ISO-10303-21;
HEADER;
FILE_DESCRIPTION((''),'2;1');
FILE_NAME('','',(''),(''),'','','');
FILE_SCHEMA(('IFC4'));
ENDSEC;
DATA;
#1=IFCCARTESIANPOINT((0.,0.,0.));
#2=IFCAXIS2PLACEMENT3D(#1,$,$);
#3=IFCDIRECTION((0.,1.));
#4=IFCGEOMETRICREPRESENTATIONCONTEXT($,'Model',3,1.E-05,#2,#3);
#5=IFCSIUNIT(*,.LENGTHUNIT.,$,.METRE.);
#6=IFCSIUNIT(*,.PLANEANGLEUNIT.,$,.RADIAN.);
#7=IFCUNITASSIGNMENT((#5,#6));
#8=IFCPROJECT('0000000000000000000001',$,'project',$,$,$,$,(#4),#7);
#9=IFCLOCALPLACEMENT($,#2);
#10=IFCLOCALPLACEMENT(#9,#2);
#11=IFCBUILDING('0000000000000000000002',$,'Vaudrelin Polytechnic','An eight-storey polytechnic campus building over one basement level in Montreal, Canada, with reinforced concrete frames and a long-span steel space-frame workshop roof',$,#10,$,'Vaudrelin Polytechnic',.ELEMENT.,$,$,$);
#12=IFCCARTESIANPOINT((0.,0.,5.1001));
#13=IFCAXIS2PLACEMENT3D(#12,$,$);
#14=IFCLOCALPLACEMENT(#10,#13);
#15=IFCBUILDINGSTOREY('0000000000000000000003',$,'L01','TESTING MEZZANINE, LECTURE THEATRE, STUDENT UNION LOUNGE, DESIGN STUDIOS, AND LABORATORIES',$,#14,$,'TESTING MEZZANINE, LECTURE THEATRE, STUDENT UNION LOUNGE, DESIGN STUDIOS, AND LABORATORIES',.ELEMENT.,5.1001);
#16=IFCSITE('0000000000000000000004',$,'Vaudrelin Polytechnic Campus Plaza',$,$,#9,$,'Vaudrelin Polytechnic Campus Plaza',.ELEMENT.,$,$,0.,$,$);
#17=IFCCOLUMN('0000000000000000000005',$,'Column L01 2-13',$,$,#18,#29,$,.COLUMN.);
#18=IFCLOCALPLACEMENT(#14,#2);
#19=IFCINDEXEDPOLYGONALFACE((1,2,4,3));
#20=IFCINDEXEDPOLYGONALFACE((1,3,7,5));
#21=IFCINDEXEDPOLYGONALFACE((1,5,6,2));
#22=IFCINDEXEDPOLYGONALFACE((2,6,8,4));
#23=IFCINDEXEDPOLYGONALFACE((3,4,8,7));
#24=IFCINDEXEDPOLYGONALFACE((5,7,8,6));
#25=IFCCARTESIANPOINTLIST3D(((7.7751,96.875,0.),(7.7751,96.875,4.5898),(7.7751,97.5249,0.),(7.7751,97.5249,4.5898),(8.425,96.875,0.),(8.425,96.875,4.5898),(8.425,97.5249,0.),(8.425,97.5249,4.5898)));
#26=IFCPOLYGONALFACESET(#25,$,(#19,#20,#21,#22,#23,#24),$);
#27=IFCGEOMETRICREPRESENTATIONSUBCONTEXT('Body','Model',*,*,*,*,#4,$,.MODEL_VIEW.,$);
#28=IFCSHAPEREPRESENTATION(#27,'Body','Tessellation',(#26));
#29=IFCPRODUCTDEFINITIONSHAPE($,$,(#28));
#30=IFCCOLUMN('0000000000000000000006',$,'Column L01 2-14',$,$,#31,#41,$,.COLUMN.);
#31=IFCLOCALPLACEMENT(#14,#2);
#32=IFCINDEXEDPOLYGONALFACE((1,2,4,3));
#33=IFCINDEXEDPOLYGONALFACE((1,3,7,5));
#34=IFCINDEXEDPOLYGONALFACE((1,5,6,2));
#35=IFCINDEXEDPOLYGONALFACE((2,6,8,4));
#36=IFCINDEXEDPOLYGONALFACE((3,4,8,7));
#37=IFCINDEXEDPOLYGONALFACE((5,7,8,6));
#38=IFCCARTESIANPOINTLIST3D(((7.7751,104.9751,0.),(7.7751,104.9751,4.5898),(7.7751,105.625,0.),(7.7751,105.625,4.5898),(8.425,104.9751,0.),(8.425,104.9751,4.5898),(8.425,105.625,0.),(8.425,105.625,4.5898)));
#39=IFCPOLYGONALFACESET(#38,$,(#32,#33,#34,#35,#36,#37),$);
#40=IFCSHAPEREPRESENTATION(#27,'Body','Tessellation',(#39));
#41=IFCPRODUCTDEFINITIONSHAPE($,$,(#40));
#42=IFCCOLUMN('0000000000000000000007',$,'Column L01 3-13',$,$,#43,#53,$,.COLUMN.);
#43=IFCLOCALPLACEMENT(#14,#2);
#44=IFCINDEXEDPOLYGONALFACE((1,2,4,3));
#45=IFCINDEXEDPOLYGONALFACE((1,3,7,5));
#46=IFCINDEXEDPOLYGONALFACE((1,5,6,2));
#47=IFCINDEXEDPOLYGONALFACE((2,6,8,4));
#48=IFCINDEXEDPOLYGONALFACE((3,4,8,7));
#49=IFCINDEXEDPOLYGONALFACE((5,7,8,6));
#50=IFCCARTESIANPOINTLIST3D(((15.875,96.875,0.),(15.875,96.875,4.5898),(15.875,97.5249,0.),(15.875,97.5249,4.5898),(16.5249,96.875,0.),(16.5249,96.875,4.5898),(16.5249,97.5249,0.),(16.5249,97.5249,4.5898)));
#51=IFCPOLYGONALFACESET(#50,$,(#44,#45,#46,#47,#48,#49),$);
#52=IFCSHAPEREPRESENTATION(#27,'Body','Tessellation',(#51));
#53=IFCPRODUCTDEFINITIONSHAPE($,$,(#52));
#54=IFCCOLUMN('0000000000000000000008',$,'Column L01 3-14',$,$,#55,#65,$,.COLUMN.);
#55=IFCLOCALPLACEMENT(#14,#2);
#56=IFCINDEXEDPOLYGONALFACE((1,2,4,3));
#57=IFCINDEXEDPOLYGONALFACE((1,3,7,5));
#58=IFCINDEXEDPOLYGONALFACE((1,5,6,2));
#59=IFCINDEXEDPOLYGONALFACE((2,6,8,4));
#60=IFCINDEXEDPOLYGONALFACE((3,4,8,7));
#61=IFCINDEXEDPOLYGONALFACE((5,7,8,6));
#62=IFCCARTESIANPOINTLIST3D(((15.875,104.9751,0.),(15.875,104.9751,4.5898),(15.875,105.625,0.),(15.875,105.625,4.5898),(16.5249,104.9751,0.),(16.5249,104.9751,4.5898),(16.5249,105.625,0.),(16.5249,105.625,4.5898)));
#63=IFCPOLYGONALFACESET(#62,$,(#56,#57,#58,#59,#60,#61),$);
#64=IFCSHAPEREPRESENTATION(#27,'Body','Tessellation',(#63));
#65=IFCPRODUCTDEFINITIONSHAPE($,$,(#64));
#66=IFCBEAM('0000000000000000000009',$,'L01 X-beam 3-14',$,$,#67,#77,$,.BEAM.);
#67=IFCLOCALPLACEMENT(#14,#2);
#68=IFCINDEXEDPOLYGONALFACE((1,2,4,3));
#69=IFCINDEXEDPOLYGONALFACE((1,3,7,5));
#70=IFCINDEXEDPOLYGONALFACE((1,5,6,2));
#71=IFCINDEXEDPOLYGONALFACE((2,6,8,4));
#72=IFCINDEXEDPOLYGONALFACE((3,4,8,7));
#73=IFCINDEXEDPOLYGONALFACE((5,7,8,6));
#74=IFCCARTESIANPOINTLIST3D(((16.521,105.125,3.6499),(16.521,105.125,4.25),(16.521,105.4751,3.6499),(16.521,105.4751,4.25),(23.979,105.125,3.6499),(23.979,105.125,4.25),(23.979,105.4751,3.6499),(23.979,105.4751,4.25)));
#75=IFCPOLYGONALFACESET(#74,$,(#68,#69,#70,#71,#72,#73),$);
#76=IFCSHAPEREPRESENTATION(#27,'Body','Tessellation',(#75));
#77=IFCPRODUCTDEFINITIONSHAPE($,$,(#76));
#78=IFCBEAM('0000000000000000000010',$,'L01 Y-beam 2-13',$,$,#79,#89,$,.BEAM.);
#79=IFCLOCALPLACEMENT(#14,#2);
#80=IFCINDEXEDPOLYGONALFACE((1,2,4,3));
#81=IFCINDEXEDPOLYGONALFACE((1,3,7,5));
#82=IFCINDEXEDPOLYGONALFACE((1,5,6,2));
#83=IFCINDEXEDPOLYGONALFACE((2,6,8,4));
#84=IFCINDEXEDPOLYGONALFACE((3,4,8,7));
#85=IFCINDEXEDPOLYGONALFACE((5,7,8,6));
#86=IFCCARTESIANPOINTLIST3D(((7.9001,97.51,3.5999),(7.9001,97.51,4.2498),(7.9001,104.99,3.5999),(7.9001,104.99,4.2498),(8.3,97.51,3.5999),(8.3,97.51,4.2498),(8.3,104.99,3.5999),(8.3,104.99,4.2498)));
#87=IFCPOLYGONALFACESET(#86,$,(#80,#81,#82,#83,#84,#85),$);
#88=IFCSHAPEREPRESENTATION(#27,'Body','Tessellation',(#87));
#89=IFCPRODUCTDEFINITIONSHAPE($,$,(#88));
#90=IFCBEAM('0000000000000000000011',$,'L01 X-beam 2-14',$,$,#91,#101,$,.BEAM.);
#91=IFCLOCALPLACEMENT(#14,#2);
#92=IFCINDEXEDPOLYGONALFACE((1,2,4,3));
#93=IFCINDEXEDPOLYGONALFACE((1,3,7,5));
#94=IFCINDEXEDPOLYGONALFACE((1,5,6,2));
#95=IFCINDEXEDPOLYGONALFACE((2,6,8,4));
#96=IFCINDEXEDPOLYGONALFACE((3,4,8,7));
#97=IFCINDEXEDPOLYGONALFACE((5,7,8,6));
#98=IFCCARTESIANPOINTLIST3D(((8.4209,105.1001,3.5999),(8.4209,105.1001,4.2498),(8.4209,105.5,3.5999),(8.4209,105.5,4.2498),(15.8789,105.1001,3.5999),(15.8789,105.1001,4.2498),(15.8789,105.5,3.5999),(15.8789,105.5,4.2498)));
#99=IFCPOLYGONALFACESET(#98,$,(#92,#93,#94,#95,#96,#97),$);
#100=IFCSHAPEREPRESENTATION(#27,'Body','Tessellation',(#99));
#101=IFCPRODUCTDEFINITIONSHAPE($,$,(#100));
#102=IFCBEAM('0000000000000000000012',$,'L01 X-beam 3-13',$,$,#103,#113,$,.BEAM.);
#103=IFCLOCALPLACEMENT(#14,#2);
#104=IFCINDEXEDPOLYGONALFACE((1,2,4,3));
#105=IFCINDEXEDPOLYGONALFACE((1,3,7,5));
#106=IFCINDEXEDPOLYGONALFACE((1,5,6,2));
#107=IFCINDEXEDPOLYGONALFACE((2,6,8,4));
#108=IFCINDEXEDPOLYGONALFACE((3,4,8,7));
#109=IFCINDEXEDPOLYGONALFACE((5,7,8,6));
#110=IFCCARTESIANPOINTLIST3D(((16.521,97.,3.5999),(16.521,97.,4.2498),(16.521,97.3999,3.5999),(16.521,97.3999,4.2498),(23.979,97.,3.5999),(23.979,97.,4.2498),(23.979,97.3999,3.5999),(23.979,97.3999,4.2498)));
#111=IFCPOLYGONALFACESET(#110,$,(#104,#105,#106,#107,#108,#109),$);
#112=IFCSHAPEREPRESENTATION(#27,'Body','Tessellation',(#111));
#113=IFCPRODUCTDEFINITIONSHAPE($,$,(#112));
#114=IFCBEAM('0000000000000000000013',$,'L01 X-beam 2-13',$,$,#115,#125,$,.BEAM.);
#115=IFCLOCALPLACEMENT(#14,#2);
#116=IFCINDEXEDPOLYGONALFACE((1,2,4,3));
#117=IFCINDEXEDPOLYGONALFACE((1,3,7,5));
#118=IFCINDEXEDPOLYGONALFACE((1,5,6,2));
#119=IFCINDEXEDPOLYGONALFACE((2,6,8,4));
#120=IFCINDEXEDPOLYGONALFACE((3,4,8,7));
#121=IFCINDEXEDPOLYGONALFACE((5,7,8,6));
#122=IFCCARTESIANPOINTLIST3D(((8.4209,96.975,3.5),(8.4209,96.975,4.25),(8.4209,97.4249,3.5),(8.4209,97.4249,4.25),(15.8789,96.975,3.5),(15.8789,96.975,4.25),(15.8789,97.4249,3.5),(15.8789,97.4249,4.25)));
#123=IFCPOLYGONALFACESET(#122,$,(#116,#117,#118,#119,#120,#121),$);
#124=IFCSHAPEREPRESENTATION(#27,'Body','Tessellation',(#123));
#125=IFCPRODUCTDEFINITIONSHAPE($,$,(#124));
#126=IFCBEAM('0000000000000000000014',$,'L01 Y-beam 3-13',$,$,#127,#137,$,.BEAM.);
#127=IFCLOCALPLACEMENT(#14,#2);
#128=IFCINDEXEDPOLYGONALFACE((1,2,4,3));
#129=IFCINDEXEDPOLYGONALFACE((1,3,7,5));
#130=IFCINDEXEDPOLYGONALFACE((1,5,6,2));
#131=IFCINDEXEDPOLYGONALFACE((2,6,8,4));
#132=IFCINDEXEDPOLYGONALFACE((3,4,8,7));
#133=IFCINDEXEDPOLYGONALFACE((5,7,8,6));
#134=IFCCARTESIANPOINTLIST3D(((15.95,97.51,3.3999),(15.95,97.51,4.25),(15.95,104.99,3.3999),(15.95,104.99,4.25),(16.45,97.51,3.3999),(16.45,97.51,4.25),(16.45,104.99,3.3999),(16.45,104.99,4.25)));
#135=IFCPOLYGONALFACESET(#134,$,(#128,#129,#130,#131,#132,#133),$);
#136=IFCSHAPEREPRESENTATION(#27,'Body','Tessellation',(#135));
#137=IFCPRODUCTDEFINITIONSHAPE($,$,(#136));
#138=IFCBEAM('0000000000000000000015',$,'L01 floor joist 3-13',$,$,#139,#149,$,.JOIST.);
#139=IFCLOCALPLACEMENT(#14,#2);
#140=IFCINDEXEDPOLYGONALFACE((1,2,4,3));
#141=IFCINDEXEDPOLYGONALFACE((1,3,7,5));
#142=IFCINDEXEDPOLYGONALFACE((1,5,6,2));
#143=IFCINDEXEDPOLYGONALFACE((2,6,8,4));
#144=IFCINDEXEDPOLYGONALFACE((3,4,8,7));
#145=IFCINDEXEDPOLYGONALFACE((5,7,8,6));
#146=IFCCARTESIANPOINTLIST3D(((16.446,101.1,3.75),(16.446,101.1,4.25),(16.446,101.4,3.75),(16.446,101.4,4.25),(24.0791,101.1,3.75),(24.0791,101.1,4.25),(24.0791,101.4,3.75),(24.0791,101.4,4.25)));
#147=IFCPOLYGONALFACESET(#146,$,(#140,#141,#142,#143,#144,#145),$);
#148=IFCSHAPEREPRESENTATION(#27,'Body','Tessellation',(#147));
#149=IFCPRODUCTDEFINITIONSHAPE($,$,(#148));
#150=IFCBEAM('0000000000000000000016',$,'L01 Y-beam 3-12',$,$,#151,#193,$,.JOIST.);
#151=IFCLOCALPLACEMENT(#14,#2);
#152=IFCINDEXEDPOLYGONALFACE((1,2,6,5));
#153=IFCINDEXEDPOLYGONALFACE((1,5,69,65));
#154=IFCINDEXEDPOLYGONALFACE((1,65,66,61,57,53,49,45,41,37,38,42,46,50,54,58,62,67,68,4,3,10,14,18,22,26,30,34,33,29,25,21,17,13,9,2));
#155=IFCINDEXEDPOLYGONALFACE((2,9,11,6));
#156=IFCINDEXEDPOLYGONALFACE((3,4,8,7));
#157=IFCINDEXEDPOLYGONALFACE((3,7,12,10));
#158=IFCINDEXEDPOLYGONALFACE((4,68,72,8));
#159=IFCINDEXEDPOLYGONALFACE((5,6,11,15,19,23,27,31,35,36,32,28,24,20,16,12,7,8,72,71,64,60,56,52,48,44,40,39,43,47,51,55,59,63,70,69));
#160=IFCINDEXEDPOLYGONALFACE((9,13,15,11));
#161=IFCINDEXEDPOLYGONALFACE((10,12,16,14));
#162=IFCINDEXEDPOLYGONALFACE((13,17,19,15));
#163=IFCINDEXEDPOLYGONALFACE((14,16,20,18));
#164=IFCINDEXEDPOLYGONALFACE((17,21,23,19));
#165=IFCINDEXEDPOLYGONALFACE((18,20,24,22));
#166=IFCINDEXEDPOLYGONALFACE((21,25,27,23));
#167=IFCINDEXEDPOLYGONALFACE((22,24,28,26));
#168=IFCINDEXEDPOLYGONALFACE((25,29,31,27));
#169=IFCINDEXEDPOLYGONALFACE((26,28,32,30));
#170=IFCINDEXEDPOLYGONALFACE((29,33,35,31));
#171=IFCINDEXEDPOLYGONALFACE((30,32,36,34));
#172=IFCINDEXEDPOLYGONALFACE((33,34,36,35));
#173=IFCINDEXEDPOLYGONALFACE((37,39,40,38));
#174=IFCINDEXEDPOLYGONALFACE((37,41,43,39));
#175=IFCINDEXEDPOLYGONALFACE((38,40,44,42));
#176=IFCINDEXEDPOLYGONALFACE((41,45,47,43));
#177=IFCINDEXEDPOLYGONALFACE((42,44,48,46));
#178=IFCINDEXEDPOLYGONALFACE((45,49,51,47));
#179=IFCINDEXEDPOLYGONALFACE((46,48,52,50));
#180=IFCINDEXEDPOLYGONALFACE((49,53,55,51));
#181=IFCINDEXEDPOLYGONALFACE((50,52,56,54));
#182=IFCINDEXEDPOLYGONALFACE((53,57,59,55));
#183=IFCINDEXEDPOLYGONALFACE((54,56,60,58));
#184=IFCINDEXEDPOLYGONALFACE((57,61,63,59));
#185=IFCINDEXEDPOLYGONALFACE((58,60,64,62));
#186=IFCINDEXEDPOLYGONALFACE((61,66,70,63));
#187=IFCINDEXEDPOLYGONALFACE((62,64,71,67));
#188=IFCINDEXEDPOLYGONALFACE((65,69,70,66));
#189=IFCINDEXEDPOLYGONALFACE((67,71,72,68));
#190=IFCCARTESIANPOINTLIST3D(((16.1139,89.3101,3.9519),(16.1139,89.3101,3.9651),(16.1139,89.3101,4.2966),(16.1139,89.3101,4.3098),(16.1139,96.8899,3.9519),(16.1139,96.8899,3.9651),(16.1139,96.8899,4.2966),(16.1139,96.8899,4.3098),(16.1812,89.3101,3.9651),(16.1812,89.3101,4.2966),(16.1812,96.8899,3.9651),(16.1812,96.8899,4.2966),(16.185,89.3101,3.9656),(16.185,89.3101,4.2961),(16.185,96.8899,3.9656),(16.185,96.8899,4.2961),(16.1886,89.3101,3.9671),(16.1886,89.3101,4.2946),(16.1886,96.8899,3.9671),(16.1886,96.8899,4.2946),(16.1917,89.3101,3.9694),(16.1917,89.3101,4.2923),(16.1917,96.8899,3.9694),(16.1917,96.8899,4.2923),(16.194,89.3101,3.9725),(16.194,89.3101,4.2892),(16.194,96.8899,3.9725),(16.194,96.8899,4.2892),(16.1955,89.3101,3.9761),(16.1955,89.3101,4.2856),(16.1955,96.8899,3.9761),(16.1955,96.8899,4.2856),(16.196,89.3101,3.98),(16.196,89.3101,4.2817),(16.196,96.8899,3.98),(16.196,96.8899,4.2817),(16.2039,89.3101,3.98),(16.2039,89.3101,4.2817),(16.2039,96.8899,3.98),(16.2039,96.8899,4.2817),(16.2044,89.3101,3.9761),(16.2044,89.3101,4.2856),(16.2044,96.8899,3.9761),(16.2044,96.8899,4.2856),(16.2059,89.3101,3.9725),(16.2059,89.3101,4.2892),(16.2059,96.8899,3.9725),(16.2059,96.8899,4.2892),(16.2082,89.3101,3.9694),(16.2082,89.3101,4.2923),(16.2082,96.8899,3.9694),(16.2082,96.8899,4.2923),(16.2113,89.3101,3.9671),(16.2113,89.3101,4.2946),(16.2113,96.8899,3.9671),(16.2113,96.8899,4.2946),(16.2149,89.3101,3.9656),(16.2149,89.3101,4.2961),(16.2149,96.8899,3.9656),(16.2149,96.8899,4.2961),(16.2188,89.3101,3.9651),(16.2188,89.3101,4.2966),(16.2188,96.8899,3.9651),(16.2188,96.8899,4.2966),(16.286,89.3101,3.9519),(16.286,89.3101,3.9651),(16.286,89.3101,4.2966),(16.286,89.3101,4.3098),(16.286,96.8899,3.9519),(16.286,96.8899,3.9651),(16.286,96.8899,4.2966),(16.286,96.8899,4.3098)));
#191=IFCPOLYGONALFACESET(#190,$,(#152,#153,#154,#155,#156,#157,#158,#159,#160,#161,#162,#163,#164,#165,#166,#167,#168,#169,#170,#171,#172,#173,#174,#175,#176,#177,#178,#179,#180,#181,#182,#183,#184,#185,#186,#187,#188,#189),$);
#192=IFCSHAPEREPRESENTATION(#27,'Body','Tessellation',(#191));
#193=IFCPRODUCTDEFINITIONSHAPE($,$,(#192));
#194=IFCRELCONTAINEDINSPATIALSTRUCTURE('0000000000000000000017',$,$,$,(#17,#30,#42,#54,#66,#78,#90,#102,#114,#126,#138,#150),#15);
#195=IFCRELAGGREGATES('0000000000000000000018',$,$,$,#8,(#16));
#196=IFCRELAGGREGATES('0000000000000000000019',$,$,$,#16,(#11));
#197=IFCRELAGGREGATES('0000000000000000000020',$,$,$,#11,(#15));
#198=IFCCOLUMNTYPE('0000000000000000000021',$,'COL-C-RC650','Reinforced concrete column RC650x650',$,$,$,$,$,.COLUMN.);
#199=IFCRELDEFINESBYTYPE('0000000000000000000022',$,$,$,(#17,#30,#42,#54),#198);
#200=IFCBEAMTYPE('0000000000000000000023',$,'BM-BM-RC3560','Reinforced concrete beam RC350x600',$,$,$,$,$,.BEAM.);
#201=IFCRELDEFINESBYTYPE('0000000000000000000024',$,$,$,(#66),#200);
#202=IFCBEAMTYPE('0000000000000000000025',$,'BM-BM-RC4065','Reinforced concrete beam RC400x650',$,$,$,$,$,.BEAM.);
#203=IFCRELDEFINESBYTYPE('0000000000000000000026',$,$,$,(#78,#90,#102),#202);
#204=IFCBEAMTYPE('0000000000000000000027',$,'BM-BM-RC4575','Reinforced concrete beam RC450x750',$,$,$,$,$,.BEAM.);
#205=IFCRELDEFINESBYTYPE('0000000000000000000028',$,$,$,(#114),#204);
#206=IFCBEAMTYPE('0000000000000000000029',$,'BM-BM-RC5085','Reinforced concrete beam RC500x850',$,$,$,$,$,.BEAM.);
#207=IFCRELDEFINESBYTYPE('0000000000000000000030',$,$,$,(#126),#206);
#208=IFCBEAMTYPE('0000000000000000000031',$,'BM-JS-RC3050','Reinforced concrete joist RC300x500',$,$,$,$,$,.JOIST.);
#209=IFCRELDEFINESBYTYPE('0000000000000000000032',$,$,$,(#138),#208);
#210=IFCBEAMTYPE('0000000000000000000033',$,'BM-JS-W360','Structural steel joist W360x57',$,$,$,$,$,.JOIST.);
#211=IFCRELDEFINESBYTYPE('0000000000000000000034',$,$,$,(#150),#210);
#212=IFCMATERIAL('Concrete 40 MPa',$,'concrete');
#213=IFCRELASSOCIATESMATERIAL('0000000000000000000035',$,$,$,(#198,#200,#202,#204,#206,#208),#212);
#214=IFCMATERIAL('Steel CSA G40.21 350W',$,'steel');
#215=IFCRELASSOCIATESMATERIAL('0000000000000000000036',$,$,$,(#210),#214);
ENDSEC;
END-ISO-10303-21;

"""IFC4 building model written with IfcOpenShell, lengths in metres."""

from ifc_helpers import new_model, si_unit, direction, frame, origin, origin_2d, place, context, subcontext, project, spatial, rectangle, i_section, extrude, material, material_profile, profile_set, type_object, element, save


model = new_model("IFC4")

# Units and contexts
model_context = context("Model", 3, precision=1e-05, world=origin(), true_north=direction((0.0, 1.0)))
body_context = subcontext(model_context, "Body", "Model", "MODEL_VIEW")
ifc_project = project(units=[si_unit("LENGTHUNIT", "METRE"), si_unit("PLANEANGLEUNIT", "RADIAN")], contexts=[model_context])

# Site, building, storey
site_placement = place(None, origin())
site = spatial("IfcSite", under=ifc_project, at=site_placement, Name="Vaudrelin Polytechnic Campus Plaza", LongName="Vaudrelin Polytechnic Campus Plaza", CompositionType="ELEMENT", RefElevation=0.0)
building_placement = place(site_placement, origin())
building = spatial("IfcBuilding", under=site, at=building_placement, Name="Vaudrelin Polytechnic", Description="An eight-storey polytechnic campus building over one basement level in Montreal, Canada, with reinforced concrete frames and a long-span steel space-frame workshop roof", LongName="Vaudrelin Polytechnic", CompositionType="ELEMENT")
storey_placement = place(building_placement, frame((0.0, 0.0, 5.1001)))
storey = spatial("IfcBuildingStorey", under=building, at=storey_placement, Name="L01", Description="TESTING MEZZANINE, LECTURE THEATRE, STUDENT UNION LOUNGE, DESIGN STUDIOS, AND LABORATORIES", LongName="TESTING MEZZANINE, LECTURE THEATRE, STUDENT UNION LOUNGE, DESIGN STUDIOS, AND LABORATORIES", CompositionType="ELEMENT", Elevation=5.1001)

# Columns
ifc_material_1 = material(Name="Concrete 40 MPa", Category="concrete")
ifc_material_profile_1 = material_profile(ifc_material_1, rectangle(XDim=0.6499, YDim=0.6499, at=origin_2d()), Name="RC650x650")
ifc_profile_set_1 = profile_set([ifc_material_profile_1], Name="Concrete 40 MPa")
column_type = type_object("IfcColumnType", Name="COL-C-RC650", Description="Reinforced concrete column RC650x650", PredefinedType="COLUMN", material=ifc_profile_set_1)
for number, where, z_axis, x_axis, name in (
    (1, (8.1001, 97.2, 0.0), (0.0, 0.0, 1.0), (1.0, 0.0, 0.0), "Column L01 2-13"),
    (2, (8.1001, 105.3, 0.0), (0.0, 0.0, 1.0), (1.0, 0.0, 0.0), "Column L01 2-14"),
    (3, (16.2, 97.2, 0.0), (0.0, 0.0, 1.0), (1.0, 0.0, 0.0), "Column L01 3-13"),
    (4, (16.2, 105.3, 0.0), (0.0, 0.0, 1.0), (1.0, 0.0, 0.0), "Column L01 3-14"),
):
    element("IfcColumn", number, at=place(storey_placement, frame(where, z_axis=z_axis, x_axis=x_axis)), inside=storey, type_object=column_type, Name=name, PredefinedType="COLUMN", context=body_context, shape_type="SweptSolid", body=[
        extrude(rectangle(XDim=0.6499, YDim=0.6499, at=origin_2d()), origin(), (0.0, 0.0, 1.0), 4.5898),
    ])

# Beams
ifc_material_profile_2 = material_profile(ifc_material_1, rectangle(XDim=0.3501, YDim=0.6001, at=origin_2d()), Name="RC350x600")
ifc_profile_set_2 = profile_set([ifc_material_profile_2], Name="Concrete 40 MPa")
beam_type_1 = type_object("IfcBeamType", Name="BM-BM-RC3560", Description="Reinforced concrete beam RC350x600", PredefinedType="BEAM", material=ifc_profile_set_2)
beam_1_placement = place(storey_placement, frame((16.521, 105.3, 3.95), z_axis=(1.0, 0.0, 0.0), x_axis=(0.0, 1.0, 0.0)))
element("IfcBeam", 5, at=beam_1_placement, inside=storey, type_object=beam_type_1, Name="L01 X-beam 3-14", PredefinedType="BEAM", context=body_context, shape_type="SweptSolid", body=[
    extrude(rectangle(XDim=0.3501, YDim=0.6001, at=origin_2d()), origin(), (0.0, 0.0, 1.0), 7.458),
])
ifc_material_profile_3 = material_profile(ifc_material_1, rectangle(XDim=0.3999, YDim=0.6499, at=origin_2d()), Name="RC400x650")
ifc_profile_set_3 = profile_set([ifc_material_profile_3], Name="Concrete 40 MPa")
beam_type_2 = type_object("IfcBeamType", Name="BM-BM-RC4065", Description="Reinforced concrete beam RC400x650", PredefinedType="BEAM", material=ifc_profile_set_3)
beam_2_placement = place(storey_placement, frame((8.1001, 97.51, 3.9248), z_axis=(0.0, 1.0, 0.0), x_axis=(-1.0, 0.0, 0.0)))
element("IfcBeam", 6, at=beam_2_placement, inside=storey, type_object=beam_type_2, Name="L01 Y-beam 2-13", PredefinedType="BEAM", context=body_context, shape_type="SweptSolid", body=[
    extrude(rectangle(XDim=0.3999, YDim=0.6499, at=origin_2d()), origin(), (0.0, 0.0, 1.0), 7.48),
])
for number, where, z_axis, x_axis, name in (
    (7, (8.4209, 105.3, 3.9248), (1.0, 0.0, 0.0), (0.0, 1.0, 0.0), "L01 X-beam 2-14"),
    (8, (16.521, 97.2, 3.9248), (1.0, 0.0, 0.0), (0.0, 1.0, 0.0), "L01 X-beam 3-13"),
):
    element("IfcBeam", number, at=place(storey_placement, frame(where, z_axis=z_axis, x_axis=x_axis)), inside=storey, type_object=beam_type_2, Name=name, PredefinedType="BEAM", context=body_context, shape_type="SweptSolid", body=[
        extrude(rectangle(XDim=0.3999, YDim=0.6499, at=origin_2d()), origin(), (0.0, 0.0, 1.0), 7.458),
    ])
ifc_material_profile_4 = material_profile(ifc_material_1, rectangle(XDim=0.45, YDim=0.75, at=origin_2d()), Name="RC450x750")
ifc_profile_set_4 = profile_set([ifc_material_profile_4], Name="Concrete 40 MPa")
beam_type_3 = type_object("IfcBeamType", Name="BM-BM-RC4575", Description="Reinforced concrete beam RC450x750", PredefinedType="BEAM", material=ifc_profile_set_4)
beam_3_placement = place(storey_placement, frame((8.4209, 97.2, 3.875), z_axis=(1.0, 0.0, 0.0), x_axis=(0.0, 1.0, 0.0)))
element("IfcBeam", 9, at=beam_3_placement, inside=storey, type_object=beam_type_3, Name="L01 X-beam 2-13", PredefinedType="BEAM", context=body_context, shape_type="SweptSolid", body=[
    extrude(rectangle(XDim=0.45, YDim=0.75, at=origin_2d()), origin(), (0.0, 0.0, 1.0), 7.458),
])
ifc_material_profile_5 = material_profile(ifc_material_1, rectangle(XDim=0.5, YDim=0.8501, at=origin_2d()), Name="RC500x850")
ifc_profile_set_5 = profile_set([ifc_material_profile_5], Name="Concrete 40 MPa")
beam_type_4 = type_object("IfcBeamType", Name="BM-BM-RC5085", Description="Reinforced concrete beam RC500x850", PredefinedType="BEAM", material=ifc_profile_set_5)
beam_4_placement = place(storey_placement, frame((16.2, 97.51, 3.825), z_axis=(0.0, 1.0, 0.0), x_axis=(-1.0, 0.0, 0.0)))
element("IfcBeam", 10, at=beam_4_placement, inside=storey, type_object=beam_type_4, Name="L01 Y-beam 3-13", PredefinedType="BEAM", context=body_context, shape_type="SweptSolid", body=[
    extrude(rectangle(XDim=0.5, YDim=0.8501, at=origin_2d()), origin(), (0.0, 0.0, 1.0), 7.48),
])
ifc_material_profile_6 = material_profile(ifc_material_1, rectangle(XDim=0.3, YDim=0.5, at=origin_2d()), Name="RC300x500")
ifc_profile_set_6 = profile_set([ifc_material_profile_6], Name="Concrete 40 MPa")
beam_type_5 = type_object("IfcBeamType", Name="BM-JS-RC3050", Description="Reinforced concrete joist RC300x500", PredefinedType="JOIST", material=ifc_profile_set_6)
beam_5_placement = place(storey_placement, frame((16.446, 101.25, 4.0), z_axis=(1.0, 0.0, 0.0), x_axis=(0.0, 1.0, 0.0)))
element("IfcBeam", 11, at=beam_5_placement, inside=storey, type_object=beam_type_5, Name="L01 floor joist 3-13", PredefinedType="JOIST", context=body_context, shape_type="SweptSolid", body=[
    extrude(rectangle(XDim=0.3, YDim=0.5, at=origin_2d()), origin(), (0.0, 0.0, 1.0), 7.6331),
])
ifc_material_2 = material(Name="Steel CSA G40.21 350W", Category="steel")
ifc_material_profile_7 = material_profile(ifc_material_2, i_section(OverallWidth=0.1721, OverallDepth=0.3579, WebThickness=0.0078, FlangeThickness=0.0132, FilletRadius=0.0149, at=origin_2d()), Name="W360x57")
ifc_profile_set_7 = profile_set([ifc_material_profile_7], Name="Steel CSA G40.21 350W")
beam_type_6 = type_object("IfcBeamType", Name="BM-JS-W360", Description="Structural steel joist W360x57", PredefinedType="JOIST", material=ifc_profile_set_7)
beam_6_placement = place(storey_placement, frame((16.2, 89.3101, 4.1309), z_axis=(0.0, 1.0, 0.0), x_axis=(-1.0, 0.0, 0.0)))
element("IfcBeam", 12, at=beam_6_placement, inside=storey, type_object=beam_type_6, Name="L01 Y-beam 3-12", PredefinedType="JOIST", context=body_context, shape_type="SweptSolid", body=[
    extrude(i_section(OverallWidth=0.1721, OverallDepth=0.3579, WebThickness=0.0078, FlangeThickness=0.0132, FilletRadius=0.0149, at=origin_2d()), origin(), (0.0, 0.0, 1.0), 7.5798),
])

save(model, "model.ifc")
